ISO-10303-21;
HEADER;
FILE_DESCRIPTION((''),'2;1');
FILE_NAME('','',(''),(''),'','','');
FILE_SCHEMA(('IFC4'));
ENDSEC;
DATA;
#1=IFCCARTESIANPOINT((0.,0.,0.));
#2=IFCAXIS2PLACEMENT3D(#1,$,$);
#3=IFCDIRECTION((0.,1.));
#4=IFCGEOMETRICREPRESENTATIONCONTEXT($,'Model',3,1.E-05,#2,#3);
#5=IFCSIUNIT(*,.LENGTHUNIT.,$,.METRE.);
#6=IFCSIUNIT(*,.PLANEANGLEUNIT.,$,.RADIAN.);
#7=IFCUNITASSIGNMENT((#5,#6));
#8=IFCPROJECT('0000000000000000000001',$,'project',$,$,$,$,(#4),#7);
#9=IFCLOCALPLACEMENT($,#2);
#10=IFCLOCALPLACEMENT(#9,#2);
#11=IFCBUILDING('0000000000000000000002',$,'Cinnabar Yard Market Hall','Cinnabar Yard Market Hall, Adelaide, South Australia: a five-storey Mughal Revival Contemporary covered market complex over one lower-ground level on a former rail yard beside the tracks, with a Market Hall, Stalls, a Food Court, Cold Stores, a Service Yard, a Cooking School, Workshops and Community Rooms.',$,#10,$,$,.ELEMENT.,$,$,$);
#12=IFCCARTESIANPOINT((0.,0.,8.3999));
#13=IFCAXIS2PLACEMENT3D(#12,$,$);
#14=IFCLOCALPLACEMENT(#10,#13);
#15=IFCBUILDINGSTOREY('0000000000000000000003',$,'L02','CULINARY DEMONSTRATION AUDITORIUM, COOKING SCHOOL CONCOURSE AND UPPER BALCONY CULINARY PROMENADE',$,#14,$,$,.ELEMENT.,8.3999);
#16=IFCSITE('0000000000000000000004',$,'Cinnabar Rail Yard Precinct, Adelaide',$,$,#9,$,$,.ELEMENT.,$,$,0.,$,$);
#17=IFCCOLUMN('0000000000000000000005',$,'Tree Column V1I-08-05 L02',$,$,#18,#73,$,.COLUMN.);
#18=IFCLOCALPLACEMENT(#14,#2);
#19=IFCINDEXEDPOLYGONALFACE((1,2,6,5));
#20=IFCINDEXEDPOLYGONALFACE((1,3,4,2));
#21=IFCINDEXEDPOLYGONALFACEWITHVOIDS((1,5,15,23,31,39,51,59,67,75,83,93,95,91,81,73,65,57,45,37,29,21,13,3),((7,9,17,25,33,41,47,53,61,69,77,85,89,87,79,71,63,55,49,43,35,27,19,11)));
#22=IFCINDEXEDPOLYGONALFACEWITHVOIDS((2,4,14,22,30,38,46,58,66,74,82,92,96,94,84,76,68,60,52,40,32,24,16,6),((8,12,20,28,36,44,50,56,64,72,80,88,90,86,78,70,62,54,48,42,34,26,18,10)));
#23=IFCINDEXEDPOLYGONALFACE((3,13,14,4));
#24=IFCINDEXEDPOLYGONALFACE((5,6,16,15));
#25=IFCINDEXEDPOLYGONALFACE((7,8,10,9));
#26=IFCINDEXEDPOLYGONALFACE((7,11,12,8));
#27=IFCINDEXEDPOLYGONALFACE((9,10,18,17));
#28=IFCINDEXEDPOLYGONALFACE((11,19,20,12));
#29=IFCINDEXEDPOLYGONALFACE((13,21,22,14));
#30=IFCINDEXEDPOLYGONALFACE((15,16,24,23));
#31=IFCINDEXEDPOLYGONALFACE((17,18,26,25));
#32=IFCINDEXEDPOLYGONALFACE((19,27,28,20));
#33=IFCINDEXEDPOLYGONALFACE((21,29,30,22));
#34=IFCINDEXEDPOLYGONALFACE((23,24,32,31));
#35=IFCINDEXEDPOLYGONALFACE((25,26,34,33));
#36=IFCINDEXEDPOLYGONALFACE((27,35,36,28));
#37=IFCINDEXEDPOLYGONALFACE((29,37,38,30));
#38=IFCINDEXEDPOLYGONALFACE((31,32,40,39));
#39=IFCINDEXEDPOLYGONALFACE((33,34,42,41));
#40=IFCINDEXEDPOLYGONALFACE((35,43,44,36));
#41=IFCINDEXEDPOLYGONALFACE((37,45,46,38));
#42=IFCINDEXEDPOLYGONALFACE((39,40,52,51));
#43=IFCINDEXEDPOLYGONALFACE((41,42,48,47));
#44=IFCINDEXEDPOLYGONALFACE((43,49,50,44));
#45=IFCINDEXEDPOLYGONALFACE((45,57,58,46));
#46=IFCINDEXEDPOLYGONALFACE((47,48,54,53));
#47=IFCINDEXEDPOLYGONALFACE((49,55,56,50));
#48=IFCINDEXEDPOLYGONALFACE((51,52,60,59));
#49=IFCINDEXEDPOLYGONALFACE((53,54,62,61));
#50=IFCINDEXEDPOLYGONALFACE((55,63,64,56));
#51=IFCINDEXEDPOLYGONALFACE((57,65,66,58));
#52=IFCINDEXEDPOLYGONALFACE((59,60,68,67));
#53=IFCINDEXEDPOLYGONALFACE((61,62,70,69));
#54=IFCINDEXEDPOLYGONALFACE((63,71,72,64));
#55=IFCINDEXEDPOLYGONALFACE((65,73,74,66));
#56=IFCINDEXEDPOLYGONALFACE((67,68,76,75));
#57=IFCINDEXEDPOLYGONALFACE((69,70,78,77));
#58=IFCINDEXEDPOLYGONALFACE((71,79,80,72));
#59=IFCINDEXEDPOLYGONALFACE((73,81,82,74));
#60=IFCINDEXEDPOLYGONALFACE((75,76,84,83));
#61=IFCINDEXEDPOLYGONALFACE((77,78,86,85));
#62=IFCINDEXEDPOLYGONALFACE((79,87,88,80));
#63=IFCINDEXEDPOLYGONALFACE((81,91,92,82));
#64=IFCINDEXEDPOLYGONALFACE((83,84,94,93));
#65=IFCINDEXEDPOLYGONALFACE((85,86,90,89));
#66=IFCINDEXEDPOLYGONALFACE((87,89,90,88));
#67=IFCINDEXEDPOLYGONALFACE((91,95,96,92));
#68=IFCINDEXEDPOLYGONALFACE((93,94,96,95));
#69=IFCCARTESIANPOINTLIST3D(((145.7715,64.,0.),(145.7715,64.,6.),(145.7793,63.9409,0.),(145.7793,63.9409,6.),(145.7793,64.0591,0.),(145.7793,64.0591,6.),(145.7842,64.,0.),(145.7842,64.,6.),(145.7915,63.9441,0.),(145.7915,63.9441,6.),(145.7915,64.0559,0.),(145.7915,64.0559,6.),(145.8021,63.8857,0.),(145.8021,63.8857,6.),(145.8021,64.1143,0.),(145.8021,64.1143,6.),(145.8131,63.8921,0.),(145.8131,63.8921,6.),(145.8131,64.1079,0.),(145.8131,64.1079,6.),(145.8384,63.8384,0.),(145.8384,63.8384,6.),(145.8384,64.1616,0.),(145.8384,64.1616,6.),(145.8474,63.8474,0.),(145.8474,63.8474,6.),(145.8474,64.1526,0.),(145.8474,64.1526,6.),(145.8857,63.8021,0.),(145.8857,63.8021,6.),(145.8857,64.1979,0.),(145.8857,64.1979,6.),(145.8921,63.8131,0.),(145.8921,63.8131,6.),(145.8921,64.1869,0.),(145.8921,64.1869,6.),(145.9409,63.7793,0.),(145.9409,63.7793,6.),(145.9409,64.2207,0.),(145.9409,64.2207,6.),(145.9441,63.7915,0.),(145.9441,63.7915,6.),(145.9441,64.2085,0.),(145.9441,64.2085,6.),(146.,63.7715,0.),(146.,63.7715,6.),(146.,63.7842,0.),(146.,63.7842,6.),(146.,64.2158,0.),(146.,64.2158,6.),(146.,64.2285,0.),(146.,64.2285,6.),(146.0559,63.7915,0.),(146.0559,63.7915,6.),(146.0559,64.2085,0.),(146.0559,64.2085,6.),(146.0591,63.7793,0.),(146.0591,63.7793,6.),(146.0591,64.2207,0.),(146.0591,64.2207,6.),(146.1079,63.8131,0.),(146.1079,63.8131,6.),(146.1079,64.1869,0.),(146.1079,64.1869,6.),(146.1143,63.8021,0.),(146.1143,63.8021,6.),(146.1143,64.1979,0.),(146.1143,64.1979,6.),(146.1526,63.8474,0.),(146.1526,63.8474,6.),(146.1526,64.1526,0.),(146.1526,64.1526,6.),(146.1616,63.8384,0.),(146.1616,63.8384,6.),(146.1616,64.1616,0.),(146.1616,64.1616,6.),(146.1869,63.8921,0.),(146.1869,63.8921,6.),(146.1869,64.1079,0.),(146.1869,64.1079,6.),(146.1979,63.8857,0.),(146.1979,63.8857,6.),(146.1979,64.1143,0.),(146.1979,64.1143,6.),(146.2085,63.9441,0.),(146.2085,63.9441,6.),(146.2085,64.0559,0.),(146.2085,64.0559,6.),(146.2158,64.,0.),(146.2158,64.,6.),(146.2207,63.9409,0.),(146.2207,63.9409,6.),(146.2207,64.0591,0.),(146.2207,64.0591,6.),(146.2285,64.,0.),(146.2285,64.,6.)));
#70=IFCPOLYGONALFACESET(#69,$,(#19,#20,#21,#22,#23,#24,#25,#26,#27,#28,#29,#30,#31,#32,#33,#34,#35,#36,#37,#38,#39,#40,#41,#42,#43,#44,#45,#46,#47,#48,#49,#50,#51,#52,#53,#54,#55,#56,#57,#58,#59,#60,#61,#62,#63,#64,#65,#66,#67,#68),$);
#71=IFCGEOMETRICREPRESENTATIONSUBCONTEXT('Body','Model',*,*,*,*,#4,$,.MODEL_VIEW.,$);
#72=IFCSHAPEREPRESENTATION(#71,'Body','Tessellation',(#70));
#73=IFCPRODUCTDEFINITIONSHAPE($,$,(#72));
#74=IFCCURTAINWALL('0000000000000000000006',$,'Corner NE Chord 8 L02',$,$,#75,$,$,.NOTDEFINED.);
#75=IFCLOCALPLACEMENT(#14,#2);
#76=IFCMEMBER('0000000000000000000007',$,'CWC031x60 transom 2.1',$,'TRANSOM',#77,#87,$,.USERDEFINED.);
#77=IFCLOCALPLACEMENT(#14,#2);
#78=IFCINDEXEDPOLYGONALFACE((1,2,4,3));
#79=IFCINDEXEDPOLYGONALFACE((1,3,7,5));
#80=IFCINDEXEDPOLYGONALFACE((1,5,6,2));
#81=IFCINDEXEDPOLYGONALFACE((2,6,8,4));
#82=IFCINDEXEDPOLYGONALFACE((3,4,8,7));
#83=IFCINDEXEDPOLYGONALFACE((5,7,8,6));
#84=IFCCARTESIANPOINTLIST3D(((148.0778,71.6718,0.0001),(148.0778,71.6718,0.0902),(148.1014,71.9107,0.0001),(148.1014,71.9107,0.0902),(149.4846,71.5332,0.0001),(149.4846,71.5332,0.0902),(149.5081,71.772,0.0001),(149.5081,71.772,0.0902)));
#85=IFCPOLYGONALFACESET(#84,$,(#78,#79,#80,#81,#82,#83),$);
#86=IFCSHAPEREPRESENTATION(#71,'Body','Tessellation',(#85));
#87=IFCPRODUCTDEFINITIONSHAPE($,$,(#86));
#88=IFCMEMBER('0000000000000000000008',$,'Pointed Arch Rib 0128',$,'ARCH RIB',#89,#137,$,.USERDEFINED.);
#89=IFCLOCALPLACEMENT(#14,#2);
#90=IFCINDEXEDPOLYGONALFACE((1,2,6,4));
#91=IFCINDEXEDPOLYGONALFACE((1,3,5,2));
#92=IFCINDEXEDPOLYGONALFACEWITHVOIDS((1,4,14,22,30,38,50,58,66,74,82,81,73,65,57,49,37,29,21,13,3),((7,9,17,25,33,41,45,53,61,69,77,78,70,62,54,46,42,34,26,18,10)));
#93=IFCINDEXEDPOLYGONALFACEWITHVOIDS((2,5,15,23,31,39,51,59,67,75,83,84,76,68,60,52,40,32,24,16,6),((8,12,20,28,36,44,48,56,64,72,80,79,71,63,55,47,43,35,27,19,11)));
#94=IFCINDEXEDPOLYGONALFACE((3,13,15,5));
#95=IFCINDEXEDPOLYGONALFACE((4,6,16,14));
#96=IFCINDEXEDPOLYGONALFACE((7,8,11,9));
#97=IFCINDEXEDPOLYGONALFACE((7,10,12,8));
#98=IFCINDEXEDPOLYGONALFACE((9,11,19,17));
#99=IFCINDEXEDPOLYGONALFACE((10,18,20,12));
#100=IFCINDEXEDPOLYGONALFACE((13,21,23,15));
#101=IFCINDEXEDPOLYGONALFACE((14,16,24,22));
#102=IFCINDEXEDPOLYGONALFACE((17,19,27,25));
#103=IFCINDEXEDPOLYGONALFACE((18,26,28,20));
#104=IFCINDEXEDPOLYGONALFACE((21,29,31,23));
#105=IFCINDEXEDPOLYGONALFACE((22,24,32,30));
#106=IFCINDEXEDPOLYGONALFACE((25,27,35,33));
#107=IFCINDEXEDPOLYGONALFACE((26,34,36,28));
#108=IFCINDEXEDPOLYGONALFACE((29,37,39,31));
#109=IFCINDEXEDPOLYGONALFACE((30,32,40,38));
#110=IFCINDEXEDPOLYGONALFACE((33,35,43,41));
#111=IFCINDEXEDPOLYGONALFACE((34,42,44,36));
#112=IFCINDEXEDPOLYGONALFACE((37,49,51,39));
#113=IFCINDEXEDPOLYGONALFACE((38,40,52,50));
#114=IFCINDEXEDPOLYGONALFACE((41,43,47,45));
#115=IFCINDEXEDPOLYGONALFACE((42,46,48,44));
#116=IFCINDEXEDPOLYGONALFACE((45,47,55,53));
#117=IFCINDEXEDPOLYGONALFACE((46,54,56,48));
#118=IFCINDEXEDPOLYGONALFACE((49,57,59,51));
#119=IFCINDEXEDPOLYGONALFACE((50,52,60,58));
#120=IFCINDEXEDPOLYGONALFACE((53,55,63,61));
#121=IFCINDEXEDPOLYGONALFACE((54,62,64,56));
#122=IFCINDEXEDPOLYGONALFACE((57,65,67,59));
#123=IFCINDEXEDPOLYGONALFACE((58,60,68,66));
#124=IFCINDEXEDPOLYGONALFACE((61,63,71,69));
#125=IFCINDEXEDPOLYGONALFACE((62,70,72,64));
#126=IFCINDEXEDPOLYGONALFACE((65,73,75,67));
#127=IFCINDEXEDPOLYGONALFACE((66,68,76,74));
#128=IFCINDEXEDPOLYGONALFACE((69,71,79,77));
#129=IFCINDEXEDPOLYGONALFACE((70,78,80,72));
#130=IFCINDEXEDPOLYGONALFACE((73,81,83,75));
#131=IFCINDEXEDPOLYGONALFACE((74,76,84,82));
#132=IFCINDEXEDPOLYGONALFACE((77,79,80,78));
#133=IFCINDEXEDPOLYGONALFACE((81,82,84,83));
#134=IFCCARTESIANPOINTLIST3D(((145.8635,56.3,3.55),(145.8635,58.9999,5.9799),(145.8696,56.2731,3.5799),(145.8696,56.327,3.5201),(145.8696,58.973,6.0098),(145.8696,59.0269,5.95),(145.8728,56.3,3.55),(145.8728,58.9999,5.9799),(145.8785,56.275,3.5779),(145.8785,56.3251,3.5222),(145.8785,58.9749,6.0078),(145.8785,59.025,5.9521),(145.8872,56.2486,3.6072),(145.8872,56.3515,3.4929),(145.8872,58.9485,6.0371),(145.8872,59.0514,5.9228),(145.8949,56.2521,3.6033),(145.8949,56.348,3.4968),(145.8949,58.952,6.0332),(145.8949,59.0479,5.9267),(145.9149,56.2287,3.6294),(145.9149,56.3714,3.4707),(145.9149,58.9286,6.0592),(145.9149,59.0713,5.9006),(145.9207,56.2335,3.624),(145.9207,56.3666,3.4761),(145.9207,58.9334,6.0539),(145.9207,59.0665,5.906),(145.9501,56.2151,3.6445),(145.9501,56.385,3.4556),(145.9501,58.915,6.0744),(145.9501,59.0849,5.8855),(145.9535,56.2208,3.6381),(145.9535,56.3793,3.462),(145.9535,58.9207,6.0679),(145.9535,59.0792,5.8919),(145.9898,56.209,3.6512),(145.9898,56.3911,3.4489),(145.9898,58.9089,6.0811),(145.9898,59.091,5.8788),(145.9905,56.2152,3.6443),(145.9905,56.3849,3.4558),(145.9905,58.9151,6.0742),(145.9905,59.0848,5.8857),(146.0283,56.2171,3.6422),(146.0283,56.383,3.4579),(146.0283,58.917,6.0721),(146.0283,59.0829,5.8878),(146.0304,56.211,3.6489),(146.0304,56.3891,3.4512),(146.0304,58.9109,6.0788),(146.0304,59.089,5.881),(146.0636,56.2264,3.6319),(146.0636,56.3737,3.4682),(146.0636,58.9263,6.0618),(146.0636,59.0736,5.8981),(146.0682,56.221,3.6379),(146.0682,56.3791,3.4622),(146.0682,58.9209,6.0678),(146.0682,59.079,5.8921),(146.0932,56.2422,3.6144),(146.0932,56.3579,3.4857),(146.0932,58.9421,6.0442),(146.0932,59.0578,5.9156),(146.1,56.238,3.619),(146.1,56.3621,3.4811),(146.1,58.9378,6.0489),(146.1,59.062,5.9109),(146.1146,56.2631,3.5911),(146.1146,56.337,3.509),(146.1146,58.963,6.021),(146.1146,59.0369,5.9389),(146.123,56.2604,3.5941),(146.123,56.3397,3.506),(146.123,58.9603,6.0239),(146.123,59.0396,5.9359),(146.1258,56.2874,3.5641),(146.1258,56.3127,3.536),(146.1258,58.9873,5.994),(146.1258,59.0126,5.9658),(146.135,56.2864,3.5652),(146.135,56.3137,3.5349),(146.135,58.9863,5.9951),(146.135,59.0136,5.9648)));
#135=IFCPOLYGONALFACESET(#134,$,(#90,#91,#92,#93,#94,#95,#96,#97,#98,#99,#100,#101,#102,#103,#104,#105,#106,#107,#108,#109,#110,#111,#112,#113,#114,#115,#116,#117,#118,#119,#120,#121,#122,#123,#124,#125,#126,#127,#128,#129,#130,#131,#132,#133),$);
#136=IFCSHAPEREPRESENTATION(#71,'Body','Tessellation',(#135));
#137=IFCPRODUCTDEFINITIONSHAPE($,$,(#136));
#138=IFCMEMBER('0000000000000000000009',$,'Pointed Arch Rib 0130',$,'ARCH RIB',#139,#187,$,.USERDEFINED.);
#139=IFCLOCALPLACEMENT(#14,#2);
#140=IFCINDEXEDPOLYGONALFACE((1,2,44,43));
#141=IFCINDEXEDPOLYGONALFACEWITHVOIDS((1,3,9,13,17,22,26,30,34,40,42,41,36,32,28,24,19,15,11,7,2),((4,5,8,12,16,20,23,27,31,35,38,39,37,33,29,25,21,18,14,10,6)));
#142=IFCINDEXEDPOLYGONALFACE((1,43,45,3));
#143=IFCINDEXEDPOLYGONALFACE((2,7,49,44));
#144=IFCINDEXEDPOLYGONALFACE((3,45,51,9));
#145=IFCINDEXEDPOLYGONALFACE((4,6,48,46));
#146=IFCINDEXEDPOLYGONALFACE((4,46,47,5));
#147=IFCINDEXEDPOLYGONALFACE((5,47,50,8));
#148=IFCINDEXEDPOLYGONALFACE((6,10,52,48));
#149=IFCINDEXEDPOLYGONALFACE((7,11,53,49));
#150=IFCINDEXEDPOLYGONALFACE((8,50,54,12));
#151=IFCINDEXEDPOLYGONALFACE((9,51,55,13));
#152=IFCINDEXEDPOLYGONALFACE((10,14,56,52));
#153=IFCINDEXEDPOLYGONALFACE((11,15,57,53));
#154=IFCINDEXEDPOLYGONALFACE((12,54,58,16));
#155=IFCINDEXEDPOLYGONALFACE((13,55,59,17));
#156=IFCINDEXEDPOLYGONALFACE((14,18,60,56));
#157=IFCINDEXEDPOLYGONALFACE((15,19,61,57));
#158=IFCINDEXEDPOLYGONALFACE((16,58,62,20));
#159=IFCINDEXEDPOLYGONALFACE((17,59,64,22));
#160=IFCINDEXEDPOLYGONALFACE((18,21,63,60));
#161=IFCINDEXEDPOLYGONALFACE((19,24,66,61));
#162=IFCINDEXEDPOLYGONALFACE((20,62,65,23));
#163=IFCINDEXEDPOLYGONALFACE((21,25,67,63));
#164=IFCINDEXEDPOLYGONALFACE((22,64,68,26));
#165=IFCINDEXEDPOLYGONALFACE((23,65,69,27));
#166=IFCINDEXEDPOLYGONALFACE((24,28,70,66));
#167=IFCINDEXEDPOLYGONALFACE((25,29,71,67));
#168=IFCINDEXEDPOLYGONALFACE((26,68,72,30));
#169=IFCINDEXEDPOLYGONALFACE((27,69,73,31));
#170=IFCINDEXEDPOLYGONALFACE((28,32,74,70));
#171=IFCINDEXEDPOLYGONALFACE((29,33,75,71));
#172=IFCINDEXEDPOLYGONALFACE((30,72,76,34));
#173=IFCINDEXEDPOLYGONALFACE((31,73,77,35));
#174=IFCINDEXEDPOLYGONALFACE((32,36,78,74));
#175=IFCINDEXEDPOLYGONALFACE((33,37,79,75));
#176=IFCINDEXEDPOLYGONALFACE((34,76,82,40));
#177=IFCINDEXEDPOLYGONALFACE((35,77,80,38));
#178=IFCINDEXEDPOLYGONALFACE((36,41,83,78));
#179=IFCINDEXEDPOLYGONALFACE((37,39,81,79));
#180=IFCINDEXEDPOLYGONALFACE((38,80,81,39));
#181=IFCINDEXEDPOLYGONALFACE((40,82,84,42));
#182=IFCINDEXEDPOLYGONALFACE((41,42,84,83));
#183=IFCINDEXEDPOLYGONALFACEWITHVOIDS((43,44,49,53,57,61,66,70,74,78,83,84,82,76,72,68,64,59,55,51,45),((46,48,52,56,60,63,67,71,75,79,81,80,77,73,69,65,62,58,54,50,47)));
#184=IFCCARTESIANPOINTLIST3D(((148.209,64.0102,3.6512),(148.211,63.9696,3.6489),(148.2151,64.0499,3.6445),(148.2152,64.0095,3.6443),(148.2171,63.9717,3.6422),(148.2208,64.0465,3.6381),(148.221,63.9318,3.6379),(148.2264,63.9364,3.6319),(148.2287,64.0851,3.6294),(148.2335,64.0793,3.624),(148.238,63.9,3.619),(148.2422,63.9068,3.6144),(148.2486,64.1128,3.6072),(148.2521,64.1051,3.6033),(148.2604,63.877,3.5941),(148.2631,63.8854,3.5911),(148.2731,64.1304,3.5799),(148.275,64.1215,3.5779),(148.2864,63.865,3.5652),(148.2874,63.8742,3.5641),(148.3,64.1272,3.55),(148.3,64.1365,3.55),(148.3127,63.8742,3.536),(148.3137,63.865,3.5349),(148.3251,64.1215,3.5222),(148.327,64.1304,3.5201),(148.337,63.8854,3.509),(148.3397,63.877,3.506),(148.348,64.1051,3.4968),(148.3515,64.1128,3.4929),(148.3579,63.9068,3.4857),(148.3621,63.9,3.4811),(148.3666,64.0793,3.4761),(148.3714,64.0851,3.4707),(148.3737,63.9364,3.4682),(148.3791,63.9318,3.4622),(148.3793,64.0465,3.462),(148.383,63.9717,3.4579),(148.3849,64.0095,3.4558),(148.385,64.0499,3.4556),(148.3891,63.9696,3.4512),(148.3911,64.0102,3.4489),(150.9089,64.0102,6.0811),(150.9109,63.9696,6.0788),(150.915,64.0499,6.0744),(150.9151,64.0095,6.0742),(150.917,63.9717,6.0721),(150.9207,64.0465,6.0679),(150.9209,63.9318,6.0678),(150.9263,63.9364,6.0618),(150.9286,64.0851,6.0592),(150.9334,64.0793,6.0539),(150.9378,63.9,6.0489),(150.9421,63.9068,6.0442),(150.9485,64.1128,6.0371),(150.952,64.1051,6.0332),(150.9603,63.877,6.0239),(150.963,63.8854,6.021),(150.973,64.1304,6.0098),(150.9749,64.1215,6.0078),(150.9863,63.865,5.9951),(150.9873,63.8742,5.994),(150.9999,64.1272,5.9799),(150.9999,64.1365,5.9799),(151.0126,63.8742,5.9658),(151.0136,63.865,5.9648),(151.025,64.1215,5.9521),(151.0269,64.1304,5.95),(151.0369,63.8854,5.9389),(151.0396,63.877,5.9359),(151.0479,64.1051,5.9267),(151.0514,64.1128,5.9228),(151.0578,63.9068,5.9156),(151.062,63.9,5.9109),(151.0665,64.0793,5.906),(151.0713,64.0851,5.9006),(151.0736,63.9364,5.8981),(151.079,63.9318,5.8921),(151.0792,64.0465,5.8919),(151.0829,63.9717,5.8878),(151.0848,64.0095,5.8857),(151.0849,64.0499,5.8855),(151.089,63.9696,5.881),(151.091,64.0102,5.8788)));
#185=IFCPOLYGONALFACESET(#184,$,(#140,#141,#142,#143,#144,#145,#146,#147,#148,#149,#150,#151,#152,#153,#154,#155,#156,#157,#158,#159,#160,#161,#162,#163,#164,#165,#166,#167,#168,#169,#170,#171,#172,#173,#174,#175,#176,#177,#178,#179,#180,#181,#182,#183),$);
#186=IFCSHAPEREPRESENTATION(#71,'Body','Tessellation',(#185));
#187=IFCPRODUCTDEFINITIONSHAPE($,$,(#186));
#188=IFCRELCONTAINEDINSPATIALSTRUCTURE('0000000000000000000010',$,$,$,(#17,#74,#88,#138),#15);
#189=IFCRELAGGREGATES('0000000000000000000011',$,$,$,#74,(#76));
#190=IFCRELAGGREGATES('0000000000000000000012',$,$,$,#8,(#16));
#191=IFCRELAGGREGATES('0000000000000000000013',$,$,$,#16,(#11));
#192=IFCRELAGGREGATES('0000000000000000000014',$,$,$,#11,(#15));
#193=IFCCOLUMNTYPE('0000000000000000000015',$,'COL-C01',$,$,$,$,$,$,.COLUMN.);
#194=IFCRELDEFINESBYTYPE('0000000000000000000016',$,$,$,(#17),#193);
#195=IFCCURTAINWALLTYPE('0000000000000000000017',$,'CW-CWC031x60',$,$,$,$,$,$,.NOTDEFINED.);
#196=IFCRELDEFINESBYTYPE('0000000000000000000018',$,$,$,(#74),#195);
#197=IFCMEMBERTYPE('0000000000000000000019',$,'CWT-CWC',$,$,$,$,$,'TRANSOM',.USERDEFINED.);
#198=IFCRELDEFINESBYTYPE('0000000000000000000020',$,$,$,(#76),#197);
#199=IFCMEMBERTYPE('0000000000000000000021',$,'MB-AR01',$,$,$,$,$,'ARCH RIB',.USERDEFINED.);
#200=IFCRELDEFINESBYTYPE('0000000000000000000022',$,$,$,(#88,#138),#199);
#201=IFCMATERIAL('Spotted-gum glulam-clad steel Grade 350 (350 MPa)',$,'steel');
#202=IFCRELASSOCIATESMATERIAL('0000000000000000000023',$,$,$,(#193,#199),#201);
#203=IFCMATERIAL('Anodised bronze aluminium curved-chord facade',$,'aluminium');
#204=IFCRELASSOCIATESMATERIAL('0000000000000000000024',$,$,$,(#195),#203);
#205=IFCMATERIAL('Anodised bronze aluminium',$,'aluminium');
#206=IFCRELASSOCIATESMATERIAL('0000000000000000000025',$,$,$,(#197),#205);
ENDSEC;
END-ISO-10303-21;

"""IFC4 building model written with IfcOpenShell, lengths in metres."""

from ifc_helpers import new_model, si_unit, direction, frame, origin, origin_2d_with_axis, place, context, subcontext, project, spatial, rectangle, hollow_circle, extrude, material, material_profile, profile_set, type_object, element, aggregate, save


model = new_model("IFC4")

# Units and contexts
model_context = context("Model", 3, precision=1e-05, world=origin(), true_north=direction((0.0, 1.0)))
body_context = subcontext(model_context, "Body", "Model", "MODEL_VIEW")
ifc_project = project(units=[si_unit("LENGTHUNIT", "METRE"), si_unit("PLANEANGLEUNIT", "RADIAN")], contexts=[model_context])

# Site, building, storey
site_placement = place(None, origin())
site = spatial("IfcSite", under=ifc_project, at=site_placement, Name="Cinnabar Rail Yard Precinct, Adelaide", CompositionType="ELEMENT", RefElevation=0.0)
building_placement = place(site_placement, origin())
building = spatial("IfcBuilding", under=site, at=building_placement, Name="Cinnabar Yard Market Hall", Description="Cinnabar Yard Market Hall, Adelaide, South Australia: a five-storey Mughal Revival Contemporary covered market complex over one lower-ground level on a former rail yard beside the tracks, with a Market Hall, Stalls, a Food Court, Cold Stores, a Service Yard, a Cooking School, Workshops and Community Rooms.", CompositionType="ELEMENT")
storey_placement = place(building_placement, frame((0.0, 0.0, 8.3999)))
storey = spatial("IfcBuildingStorey", under=building, at=storey_placement, Name="L02", Description="CULINARY DEMONSTRATION AUDITORIUM, COOKING SCHOOL CONCOURSE AND UPPER BALCONY CULINARY PROMENADE", CompositionType="ELEMENT", Elevation=8.3999)

# Column
ifc_material_1 = material(Name="Spotted-gum glulam-clad steel Grade 350 (350 MPa)", Category="steel")
ifc_material_profile_1 = material_profile(ifc_material_1, hollow_circle(Radius=0.2285, WallThickness=0.0127, at=origin_2d_with_axis()), Name="457.0x12.7CHS")
ifc_profile_set_1 = profile_set([ifc_material_profile_1], Name="Spotted-gum glulam-clad steel Grade 350 (350 MPa)")
column_type = type_object("IfcColumnType", Name="COL-C01", PredefinedType="COLUMN", material=ifc_profile_set_1)
column_placement = place(storey_placement, frame((146.0, 64.0, 0.0), z_axis=(0.0, 0.0, 1.0), x_axis=(1.0, 0.0, 0.0)))
element("IfcColumn", 1, at=column_placement, inside=storey, type_object=column_type, Name="Tree Column V1I-08-05 L02", PredefinedType="COLUMN", context=body_context, shape_type="SweptSolid", body=[
    extrude(hollow_circle(Radius=0.2285, WallThickness=0.0127, at=origin_2d_with_axis()), origin(), (0.0, 0.0, 1.0), 6.0),
])

# Curtain wall, member
ifc_material_2 = material(Name="Anodised bronze aluminium curved-chord facade", Category="aluminium")
curtain_wall_type = type_object("IfcCurtainWallType", Name="CW-CWC031x60", PredefinedType="NOTDEFINED", material=ifc_material_2)
curtain_wall_placement = place(storey_placement, origin())
curtain_wall = element("IfcCurtainWall", 2, at=curtain_wall_placement, inside=storey, type_object=curtain_wall_type, Name="Corner NE Chord 8 L02", PredefinedType="NOTDEFINED")
ifc_material_3 = material(Name="Anodised bronze aluminium", Category="aluminium")
ifc_material_profile_2 = material_profile(ifc_material_3, rectangle(XDim=0.24, YDim=0.0901, at=origin_2d_with_axis()), Name="TRN-CWC")
ifc_profile_set_2 = profile_set([ifc_material_profile_2], Name="Anodised bronze aluminium")
member_type_1 = type_object("IfcMemberType", Name="CWT-CWC", ElementType="TRANSOM", PredefinedType="USERDEFINED", material=ifc_profile_set_2)
member_placement = place(storey_placement, frame((149.4963, 71.6526, 0.0452), z_axis=(-0.995176, 0.098101, 0.0), x_axis=(-0.098101, -0.995176, 0.0)))
member = element("IfcMember", 3, at=member_placement, type_object=member_type_1, Name="CWC031x60 transom 2.1", ObjectType="TRANSOM", PredefinedType="USERDEFINED", context=body_context, shape_type="SweptSolid", body=[
    extrude(rectangle(XDim=0.24, YDim=0.0901, at=origin_2d_with_axis()), origin(), (0.0, 0.0, 1.0), 1.4136),
])
aggregate(curtain_wall, [member])

# Members
ifc_material_profile_3 = material_profile(ifc_material_1, hollow_circle(Radius=0.1365, WallThickness=0.0093, at=origin_2d_with_axis()), Name="273.1x9.3CHS")
ifc_profile_set_3 = profile_set([ifc_material_profile_3], Name="Spotted-gum glulam-clad steel Grade 350 (350 MPa)")
member_type_2 = type_object("IfcMemberType", Name="MB-AR01", ElementType="ARCH RIB", PredefinedType="USERDEFINED", material=ifc_profile_set_3)
for number, where, z_axis, x_axis, name in (
    (4, (146.0, 56.3, 3.55), (0.0, 0.743297, 0.668961), (-1.0, 0.0, 0.0), "Pointed Arch Rib 0128"),
    (5, (148.3, 64.0, 3.55), (0.743297, 0.0, 0.668961), (0.0, 1.0, 0.0), "Pointed Arch Rib 0130"),
):
    element("IfcMember", number, at=place(storey_placement, frame(where, z_axis=z_axis, x_axis=x_axis)), inside=storey, type_object=member_type_2, Name=name, ObjectType="ARCH RIB", PredefinedType="USERDEFINED", context=body_context, shape_type="SweptSolid", body=[
        extrude(hollow_circle(Radius=0.1365, WallThickness=0.0093, at=origin_2d_with_axis()), origin(), (0.0, 0.0, 1.0), 3.6323),
    ])

save(model, "model.ifc")
